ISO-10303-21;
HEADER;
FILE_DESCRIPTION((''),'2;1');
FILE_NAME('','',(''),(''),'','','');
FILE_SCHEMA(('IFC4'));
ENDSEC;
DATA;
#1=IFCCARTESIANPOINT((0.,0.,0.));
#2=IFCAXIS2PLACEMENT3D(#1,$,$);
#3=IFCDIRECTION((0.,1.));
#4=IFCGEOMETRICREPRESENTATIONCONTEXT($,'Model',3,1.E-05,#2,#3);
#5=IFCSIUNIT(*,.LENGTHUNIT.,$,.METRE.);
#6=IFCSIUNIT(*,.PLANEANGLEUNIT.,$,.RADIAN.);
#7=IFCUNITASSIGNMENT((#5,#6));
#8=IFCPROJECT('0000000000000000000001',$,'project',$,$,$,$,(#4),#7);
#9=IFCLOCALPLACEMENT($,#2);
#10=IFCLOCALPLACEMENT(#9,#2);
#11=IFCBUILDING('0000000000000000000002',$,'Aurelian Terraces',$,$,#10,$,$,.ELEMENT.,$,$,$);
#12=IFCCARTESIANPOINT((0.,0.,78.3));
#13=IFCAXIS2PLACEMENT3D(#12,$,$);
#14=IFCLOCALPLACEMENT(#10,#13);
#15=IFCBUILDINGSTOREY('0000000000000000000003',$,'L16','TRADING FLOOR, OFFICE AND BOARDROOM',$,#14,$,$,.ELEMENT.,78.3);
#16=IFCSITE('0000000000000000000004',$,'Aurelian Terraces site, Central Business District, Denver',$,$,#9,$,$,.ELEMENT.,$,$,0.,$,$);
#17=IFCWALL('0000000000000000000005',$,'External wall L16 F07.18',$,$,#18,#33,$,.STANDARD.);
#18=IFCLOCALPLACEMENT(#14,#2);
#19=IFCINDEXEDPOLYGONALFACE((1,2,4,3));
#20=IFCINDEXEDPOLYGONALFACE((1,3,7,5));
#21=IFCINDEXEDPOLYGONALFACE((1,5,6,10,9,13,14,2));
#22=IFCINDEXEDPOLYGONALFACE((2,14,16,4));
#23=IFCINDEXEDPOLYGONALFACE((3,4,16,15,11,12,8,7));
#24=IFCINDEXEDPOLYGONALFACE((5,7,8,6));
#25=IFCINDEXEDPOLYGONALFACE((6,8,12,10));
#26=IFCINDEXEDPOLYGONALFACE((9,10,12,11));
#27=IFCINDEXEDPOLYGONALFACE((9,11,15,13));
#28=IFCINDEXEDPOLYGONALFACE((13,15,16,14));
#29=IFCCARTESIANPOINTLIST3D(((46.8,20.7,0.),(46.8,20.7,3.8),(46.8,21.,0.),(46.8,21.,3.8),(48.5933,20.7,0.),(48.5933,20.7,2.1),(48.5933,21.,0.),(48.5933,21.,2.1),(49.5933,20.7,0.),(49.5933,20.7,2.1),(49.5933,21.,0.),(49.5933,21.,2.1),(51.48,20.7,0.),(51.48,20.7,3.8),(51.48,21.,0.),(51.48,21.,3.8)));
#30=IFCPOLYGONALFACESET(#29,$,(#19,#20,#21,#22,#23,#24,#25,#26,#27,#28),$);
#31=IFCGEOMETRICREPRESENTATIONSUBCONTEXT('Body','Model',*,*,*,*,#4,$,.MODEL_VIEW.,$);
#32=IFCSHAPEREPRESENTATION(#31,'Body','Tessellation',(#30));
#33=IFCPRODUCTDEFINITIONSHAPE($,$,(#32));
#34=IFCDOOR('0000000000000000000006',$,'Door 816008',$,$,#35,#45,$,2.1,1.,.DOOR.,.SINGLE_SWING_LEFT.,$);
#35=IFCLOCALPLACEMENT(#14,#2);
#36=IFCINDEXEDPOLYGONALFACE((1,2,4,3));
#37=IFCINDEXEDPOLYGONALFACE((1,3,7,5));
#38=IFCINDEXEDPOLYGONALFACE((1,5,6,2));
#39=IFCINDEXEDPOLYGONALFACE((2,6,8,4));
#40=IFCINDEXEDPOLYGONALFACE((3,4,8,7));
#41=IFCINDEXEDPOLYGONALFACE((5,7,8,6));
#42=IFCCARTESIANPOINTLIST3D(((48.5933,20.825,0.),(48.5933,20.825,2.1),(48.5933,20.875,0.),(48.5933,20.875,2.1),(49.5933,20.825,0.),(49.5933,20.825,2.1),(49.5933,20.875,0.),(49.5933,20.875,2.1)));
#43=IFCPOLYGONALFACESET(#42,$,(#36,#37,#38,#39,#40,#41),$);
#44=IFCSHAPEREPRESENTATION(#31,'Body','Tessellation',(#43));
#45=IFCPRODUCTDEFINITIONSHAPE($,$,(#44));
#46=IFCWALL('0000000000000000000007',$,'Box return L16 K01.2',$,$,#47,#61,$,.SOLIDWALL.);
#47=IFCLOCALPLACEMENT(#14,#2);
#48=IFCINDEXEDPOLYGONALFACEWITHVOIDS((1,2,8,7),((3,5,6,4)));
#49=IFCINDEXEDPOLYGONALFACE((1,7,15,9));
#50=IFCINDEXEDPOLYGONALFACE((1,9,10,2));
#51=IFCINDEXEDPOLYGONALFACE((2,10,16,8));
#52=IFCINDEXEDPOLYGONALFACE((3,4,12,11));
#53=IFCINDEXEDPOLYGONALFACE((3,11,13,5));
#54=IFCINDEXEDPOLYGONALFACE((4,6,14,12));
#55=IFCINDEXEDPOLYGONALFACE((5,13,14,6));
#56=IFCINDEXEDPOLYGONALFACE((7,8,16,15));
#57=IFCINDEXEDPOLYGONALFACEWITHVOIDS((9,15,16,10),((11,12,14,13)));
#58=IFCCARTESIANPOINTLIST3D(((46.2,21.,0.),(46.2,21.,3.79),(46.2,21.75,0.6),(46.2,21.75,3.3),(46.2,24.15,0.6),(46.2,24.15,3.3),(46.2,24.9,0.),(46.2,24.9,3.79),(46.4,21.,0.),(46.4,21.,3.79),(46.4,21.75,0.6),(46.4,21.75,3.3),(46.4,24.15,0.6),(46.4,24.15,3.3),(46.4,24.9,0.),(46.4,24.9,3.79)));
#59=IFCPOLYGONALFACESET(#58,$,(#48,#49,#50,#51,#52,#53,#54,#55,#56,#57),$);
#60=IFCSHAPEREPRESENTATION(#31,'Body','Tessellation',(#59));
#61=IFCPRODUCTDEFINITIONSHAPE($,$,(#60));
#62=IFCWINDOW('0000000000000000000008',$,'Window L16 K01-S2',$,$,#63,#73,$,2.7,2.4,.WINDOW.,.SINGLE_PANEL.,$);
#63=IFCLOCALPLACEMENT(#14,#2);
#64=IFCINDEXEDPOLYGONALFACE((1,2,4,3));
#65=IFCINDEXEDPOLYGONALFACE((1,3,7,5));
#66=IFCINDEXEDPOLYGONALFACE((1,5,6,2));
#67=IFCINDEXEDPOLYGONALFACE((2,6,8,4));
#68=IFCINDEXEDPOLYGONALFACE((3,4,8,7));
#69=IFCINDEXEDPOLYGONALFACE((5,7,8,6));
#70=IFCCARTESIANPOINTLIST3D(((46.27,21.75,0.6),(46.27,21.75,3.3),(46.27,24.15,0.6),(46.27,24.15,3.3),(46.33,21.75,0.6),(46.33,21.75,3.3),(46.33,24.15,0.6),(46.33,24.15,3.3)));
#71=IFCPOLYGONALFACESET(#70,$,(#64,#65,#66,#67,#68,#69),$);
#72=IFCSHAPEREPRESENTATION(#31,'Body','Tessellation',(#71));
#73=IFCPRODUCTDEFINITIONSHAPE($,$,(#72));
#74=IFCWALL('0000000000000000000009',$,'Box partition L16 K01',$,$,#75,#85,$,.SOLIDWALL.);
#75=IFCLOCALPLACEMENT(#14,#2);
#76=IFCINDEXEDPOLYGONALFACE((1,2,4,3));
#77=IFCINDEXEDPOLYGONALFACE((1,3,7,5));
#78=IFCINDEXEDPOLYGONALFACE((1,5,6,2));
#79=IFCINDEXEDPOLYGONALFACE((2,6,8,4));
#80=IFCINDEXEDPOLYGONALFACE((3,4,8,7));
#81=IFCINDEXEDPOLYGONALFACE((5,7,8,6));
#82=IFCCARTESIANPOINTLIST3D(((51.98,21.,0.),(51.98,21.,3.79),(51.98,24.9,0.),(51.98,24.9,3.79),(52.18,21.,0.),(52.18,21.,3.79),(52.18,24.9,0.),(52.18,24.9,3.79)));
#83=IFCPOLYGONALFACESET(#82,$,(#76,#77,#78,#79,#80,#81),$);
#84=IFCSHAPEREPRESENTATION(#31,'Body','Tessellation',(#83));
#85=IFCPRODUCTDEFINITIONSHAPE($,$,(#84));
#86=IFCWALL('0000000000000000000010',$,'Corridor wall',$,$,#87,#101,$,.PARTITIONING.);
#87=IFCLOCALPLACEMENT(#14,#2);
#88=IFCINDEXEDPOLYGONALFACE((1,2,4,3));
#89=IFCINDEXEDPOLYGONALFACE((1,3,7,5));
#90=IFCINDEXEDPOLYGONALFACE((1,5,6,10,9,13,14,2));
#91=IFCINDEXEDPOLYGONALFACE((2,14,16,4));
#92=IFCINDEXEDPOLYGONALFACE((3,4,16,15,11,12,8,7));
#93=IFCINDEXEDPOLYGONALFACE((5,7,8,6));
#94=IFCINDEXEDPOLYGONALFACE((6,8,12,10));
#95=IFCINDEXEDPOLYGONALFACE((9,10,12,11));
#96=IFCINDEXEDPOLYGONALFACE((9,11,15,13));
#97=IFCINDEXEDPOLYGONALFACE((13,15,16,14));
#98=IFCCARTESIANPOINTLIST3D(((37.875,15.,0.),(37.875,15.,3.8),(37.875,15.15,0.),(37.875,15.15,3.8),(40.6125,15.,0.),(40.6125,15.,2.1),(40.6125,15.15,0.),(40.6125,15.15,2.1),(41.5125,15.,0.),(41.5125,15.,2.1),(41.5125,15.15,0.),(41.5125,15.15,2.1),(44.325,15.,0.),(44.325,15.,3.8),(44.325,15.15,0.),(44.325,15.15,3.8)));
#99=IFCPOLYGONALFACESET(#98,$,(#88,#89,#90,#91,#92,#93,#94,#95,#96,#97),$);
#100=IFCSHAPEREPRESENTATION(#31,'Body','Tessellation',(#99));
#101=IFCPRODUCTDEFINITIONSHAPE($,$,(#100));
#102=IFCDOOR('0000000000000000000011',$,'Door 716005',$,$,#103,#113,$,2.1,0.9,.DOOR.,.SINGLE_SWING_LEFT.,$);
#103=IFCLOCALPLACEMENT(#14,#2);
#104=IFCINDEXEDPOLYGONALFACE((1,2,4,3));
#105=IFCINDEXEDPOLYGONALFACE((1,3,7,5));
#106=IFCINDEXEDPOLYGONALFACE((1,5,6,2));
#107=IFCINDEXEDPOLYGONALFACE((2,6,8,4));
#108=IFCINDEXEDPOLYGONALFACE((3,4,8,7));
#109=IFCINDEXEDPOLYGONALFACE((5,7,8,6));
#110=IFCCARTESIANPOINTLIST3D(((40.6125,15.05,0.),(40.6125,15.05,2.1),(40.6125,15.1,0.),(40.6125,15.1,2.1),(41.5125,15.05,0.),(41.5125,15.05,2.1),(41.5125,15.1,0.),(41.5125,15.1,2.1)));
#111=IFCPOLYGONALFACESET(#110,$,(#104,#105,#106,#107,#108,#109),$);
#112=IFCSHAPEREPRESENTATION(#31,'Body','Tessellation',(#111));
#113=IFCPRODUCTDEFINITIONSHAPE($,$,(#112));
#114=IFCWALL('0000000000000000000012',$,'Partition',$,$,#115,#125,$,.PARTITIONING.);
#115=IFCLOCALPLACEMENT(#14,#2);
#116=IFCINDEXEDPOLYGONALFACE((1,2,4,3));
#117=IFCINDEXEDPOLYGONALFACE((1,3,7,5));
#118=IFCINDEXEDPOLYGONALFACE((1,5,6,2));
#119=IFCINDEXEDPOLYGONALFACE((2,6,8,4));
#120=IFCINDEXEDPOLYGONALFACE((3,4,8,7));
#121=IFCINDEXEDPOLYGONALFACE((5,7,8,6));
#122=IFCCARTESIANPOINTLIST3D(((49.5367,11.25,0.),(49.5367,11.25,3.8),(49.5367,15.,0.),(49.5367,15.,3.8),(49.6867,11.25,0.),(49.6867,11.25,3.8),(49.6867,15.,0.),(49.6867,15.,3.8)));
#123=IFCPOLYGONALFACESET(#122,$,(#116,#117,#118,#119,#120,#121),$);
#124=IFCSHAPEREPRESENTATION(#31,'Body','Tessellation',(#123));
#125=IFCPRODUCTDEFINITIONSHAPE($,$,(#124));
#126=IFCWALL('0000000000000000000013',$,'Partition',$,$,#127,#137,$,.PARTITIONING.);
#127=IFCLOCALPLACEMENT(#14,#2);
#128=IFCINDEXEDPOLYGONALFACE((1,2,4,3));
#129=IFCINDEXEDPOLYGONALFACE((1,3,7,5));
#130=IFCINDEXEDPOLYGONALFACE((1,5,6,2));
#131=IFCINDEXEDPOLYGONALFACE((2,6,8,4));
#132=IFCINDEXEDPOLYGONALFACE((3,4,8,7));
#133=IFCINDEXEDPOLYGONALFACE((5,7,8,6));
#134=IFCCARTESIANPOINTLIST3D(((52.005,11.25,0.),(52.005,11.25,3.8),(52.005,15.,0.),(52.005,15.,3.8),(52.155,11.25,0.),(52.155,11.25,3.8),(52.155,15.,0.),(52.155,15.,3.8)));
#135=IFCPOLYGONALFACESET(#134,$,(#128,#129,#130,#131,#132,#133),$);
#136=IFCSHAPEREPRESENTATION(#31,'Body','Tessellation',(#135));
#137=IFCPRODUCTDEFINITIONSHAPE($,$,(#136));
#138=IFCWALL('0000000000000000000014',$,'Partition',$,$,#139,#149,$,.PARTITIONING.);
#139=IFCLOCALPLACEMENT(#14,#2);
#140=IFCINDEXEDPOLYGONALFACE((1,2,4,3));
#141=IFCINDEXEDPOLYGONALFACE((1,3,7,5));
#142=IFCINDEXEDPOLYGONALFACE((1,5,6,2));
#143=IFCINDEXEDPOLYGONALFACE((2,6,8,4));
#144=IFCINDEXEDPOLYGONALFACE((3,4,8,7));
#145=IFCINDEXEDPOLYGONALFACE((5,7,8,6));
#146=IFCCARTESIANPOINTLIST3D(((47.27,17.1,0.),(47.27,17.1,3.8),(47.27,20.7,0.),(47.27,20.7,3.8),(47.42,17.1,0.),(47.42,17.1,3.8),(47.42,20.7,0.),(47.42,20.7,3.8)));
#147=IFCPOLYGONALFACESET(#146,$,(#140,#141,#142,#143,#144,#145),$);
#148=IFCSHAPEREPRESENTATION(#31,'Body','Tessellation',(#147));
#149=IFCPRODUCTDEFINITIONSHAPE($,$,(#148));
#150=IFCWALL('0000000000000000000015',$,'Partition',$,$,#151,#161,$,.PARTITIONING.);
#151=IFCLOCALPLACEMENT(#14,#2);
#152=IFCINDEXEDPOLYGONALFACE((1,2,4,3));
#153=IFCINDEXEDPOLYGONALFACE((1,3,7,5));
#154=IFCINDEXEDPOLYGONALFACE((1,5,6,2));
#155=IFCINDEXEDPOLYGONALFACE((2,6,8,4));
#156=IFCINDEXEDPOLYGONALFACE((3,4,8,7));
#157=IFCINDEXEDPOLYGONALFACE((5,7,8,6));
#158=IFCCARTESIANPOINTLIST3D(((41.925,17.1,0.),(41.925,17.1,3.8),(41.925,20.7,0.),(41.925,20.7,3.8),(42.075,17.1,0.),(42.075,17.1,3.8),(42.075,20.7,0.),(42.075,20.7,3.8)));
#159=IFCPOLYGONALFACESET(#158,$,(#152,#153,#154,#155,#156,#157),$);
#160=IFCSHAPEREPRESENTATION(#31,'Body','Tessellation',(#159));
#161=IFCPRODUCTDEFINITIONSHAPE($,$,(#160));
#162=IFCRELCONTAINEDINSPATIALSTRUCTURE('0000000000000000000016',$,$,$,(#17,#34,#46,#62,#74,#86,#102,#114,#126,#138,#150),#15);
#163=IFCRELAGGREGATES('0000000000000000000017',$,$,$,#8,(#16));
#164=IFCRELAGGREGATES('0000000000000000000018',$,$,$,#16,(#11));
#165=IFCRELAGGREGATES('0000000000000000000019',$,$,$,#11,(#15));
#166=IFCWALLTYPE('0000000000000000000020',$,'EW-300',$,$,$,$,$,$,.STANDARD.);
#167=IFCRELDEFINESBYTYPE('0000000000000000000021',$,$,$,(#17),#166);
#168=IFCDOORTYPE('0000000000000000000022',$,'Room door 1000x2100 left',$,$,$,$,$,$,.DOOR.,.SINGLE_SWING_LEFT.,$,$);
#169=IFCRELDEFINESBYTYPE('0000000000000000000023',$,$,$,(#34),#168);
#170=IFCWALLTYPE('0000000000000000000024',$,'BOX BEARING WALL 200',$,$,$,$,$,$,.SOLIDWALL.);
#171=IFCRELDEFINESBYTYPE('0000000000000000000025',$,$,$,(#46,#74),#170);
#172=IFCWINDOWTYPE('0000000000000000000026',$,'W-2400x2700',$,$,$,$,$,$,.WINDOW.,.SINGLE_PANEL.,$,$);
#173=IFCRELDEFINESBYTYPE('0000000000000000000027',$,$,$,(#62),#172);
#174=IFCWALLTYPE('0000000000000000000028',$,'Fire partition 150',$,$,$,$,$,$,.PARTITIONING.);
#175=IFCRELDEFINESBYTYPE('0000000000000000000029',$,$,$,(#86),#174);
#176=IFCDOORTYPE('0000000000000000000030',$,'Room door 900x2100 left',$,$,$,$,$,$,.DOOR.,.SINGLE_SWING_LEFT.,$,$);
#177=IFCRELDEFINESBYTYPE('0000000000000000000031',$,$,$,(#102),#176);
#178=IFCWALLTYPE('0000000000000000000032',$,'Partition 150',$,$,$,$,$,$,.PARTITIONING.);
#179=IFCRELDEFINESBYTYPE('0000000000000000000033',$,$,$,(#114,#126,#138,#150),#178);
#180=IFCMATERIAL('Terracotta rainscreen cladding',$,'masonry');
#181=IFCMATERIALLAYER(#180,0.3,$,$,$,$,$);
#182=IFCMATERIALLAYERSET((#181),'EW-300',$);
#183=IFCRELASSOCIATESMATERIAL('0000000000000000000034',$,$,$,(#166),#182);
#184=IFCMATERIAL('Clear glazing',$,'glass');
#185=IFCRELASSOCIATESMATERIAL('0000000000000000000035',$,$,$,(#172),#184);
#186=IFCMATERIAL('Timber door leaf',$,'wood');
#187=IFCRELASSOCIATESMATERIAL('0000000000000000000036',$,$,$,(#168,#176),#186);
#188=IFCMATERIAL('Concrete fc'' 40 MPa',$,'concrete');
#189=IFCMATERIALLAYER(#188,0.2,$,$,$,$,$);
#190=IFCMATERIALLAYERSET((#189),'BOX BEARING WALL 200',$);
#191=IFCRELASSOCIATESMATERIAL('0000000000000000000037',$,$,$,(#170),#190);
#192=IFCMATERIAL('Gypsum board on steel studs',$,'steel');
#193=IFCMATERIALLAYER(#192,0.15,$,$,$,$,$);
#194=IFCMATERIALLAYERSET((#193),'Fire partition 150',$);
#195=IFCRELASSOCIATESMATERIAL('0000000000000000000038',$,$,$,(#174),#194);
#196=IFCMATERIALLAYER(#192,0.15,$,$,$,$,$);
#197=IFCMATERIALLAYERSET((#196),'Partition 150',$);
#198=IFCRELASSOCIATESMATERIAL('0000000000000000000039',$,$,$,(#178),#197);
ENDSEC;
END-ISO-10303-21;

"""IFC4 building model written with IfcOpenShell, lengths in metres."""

from ifc_helpers import new_model, si_unit, direction, frame, frame_2d, origin, place, context, subcontext, project, spatial, rectangle, extrude, source, transform, mapped, material, layer, layer_set, type_object, element, fill, save


model = new_model("IFC4")

# Units and contexts
model_context = context("Model", 3, precision=1e-05, world=origin(), true_north=direction((0.0, 1.0)))
body_context = subcontext(model_context, "Body", "Model", "MODEL_VIEW")
ifc_project = project(units=[si_unit("LENGTHUNIT", "METRE"), si_unit("PLANEANGLEUNIT", "RADIAN")], contexts=[model_context])

# Site, building, storey
site_placement = place(None, origin())
site = spatial("IfcSite", under=ifc_project, at=site_placement, Name="Aurelian Terraces site, Central Business District, Denver", CompositionType="ELEMENT", RefElevation=0.0)
building_placement = place(site_placement, origin())
building = spatial("IfcBuilding", under=site, at=building_placement, Name="Aurelian Terraces", CompositionType="ELEMENT")
storey_placement = place(building_placement, frame((0.0, 0.0, 78.3)))
storey = spatial("IfcBuildingStorey", under=building, at=storey_placement, Name="L16", Description="TRADING FLOOR, OFFICE AND BOARDROOM", CompositionType="ELEMENT", Elevation=78.3)

# Shared definitions
ifc_material_1 = material(Name="Terracotta rainscreen cladding", Category="masonry")
ifc_layer_1 = layer(ifc_material_1, 0.3)
ifc_layer_set_1 = layer_set([ifc_layer_1], Name="EW-300")
wall_type_1 = type_object("IfcWallType", Name="EW-300", PredefinedType="STANDARD", material=ifc_layer_set_1)
ifc_material_2 = material(Name="Clear glazing", Category="glass")
window_type_1 = type_object("IfcWindowType", Name="W-2400x2700", PartitioningType="SINGLE_PANEL", PredefinedType="WINDOW", material=ifc_material_2)
shared_shape_1 = source(origin(), body_context, "Body", "SweptSolid", [
    extrude(rectangle(XDim=2.4, YDim=2.7, at=frame_2d((1.2, 1.35))), frame((0.0, 0.03, 0.0), z_axis=(0.0, -1.0, 0.0), x_axis=(1.0, 0.0, 0.0)), (0.0, 0.0, 1.0), 0.06),
])

# Wall, opening, door
shared_shape_2 = source(origin(), body_context, "Body", "SweptSolid", [
    extrude(rectangle(XDim=1.0, YDim=2.1, at=frame_2d((0.5, 1.05))), frame((0.0, 0.16, 0.0), z_axis=(0.0, -1.0, 0.0), x_axis=(1.0, 0.0, 0.0)), (0.0, 0.0, 1.0), 0.32),
])
ifc_material_3 = material(Name="Timber door leaf", Category="wood")
door_type_1 = type_object("IfcDoorType", Name="Room door 1000x2100 left", OperationType="SINGLE_SWING_LEFT", PredefinedType="DOOR", material=ifc_material_3)
shared_shape_3 = source(origin(), body_context, "Body", "SweptSolid", [
    extrude(rectangle(XDim=1.0, YDim=2.1, at=frame_2d((0.5, 1.05))), frame((0.0, 0.025, 0.0), z_axis=(0.0, -1.0, 0.0), x_axis=(1.0, 0.0, 0.0)), (0.0, 0.0, 1.0), 0.05),
])
shared_shape_4 = source(origin(), body_context, "Body", "SweptSolid", [
    extrude(rectangle(XDim=4.68, YDim=0.3, at=frame_2d((2.34, 0.0))), origin(), (0.0, 0.0, 1.0), 3.8),
])
wall_1_placement = place(storey_placement, frame((51.48, 20.85, 0.0), z_axis=(0.0, 0.0, 1.0), x_axis=(-1.0, 0.0, 0.0)))
wall_1 = element("IfcWall", 1, at=wall_1_placement, inside=storey, type_object=wall_type_1, Name="External wall L16 F07.18", PredefinedType="STANDARD", context=body_context, shape_type="MappedRepresentation", body=[
    mapped(shared_shape_4, transform((0.0, 0.0, 0.0), scale=1.0)),
])
opening_1_placement = place(wall_1_placement, frame((1.8867, 0.0, 0.0)))
opening_1 = element("IfcOpeningElement", 2, at=opening_1_placement, cuts=wall_1, PredefinedType="OPENING", context=body_context, shape_type="MappedRepresentation", body=[
    mapped(shared_shape_2, transform((0.0, 0.0, 0.0), scale=1.0)),
])
door_1_placement = place(opening_1_placement, origin())
door_1 = element("IfcDoor", 3, at=door_1_placement, inside=storey, type_object=door_type_1, Name="Door 816008", OperationType="SINGLE_SWING_LEFT", OverallHeight=2.1, OverallWidth=1.0, PredefinedType="DOOR", context=body_context, shape_type="MappedRepresentation", body=[
    mapped(shared_shape_3, transform((0.0, 0.0, 0.0), scale=1.0)),
])
fill(opening_1, door_1)

# Wall, opening, window
ifc_material_4 = material(Name="Concrete fc' 40 MPa", Category="concrete")
ifc_layer_2 = layer(ifc_material_4, 0.2)
ifc_layer_set_2 = layer_set([ifc_layer_2], Name="BOX BEARING WALL 200")
wall_type_2 = type_object("IfcWallType", Name="BOX BEARING WALL 200", PredefinedType="SOLIDWALL", material=ifc_layer_set_2)
shared_shape_5 = source(origin(), body_context, "Body", "SweptSolid", [
    extrude(rectangle(XDim=3.9, YDim=0.2, at=frame_2d((1.95, 0.0))), origin(), (0.0, 0.0, 1.0), 3.79),
])
wall_2_placement = place(storey_placement, frame((46.3, 21.0, 0.0), z_axis=(0.0, 0.0, 1.0), x_axis=(0.0, 1.0, 0.0)))
wall_2 = element("IfcWall", 4, at=wall_2_placement, inside=storey, type_object=wall_type_2, Name="Box return L16 K01.2", PredefinedType="SOLIDWALL", context=body_context, shape_type="MappedRepresentation", body=[
    mapped(shared_shape_5, transform((0.0, 0.0, 0.0), scale=1.0)),
])
shared_shape_6 = source(origin(), body_context, "Body", "SweptSolid", [
    extrude(rectangle(XDim=2.4, YDim=2.7, at=frame_2d((1.2, 1.35))), frame((0.0, 0.11, 0.0), z_axis=(0.0, -1.0, 0.0), x_axis=(1.0, 0.0, 0.0)), (0.0, 0.0, 1.0), 0.22),
])
opening_2_placement = place(wall_2_placement, frame((0.75, 0.0, 0.6)))
opening_2 = element("IfcOpeningElement", 5, at=opening_2_placement, cuts=wall_2, PredefinedType="OPENING", context=body_context, shape_type="MappedRepresentation", body=[
    mapped(shared_shape_6, transform((0.0, 0.0, 0.0), scale=1.0)),
])
window_1_placement = place(opening_2_placement, origin())
window_1 = element("IfcWindow", 6, at=window_1_placement, inside=storey, type_object=window_type_1, Name="Window L16 K01-S2", OverallHeight=2.7, OverallWidth=2.4, PartitioningType="SINGLE_PANEL", PredefinedType="WINDOW", context=body_context, shape_type="MappedRepresentation", body=[
    mapped(shared_shape_1, transform((0.0, 0.0, 0.0), scale=1.0)),
])
fill(opening_2, window_1)

# Wall
shared_shape_7 = source(origin(), body_context, "Body", "SweptSolid", [
    extrude(rectangle(XDim=3.9, YDim=0.2, at=frame_2d((1.95, 0.0))), origin(), (0.0, 0.0, 1.0), 3.79),
])
wall_3_placement = place(storey_placement, frame((52.08, 21.0, 0.0), z_axis=(0.0, 0.0, 1.0), x_axis=(0.0, 1.0, 0.0)))
element("IfcWall", 7, at=wall_3_placement, inside=storey, type_object=wall_type_2, Name="Box partition L16 K01", PredefinedType="SOLIDWALL", context=body_context, shape_type="MappedRepresentation", body=[
    mapped(shared_shape_7, transform((0.0, 0.0, 0.0), scale=1.0)),
])

# Wall, opening, door
ifc_material_5 = material(Name="Gypsum board on steel studs", Category="steel")
ifc_layer_3 = layer(ifc_material_5, 0.15)
ifc_layer_set_3 = layer_set([ifc_layer_3], Name="Fire partition 150")
wall_type_3 = type_object("IfcWallType", Name="Fire partition 150", PredefinedType="PARTITIONING", material=ifc_layer_set_3)
shared_shape_8 = source(origin(), body_context, "Body", "SweptSolid", [
    extrude(rectangle(XDim=6.45, YDim=0.15, at=frame_2d((3.225, 0.0))), origin(), (0.0, 0.0, 1.0), 3.8),
])
wall_4_placement = place(storey_placement, frame((44.325, 15.075, 0.0), z_axis=(0.0, 0.0, 1.0), x_axis=(-1.0, 0.0, 0.0)))
wall_4 = element("IfcWall", 8, at=wall_4_placement, inside=storey, type_object=wall_type_3, Name="Corridor wall", PredefinedType="PARTITIONING", context=body_context, shape_type="MappedRepresentation", body=[
    mapped(shared_shape_8, transform((0.0, 0.0, 0.0), scale=1.0)),
])
shared_shape_9 = source(origin(), body_context, "Body", "SweptSolid", [
    extrude(rectangle(XDim=0.9, YDim=2.1, at=frame_2d((0.45, 1.05))), frame((0.0, 0.085, 0.0), z_axis=(0.0, -1.0, 0.0), x_axis=(1.0, 0.0, 0.0)), (0.0, 0.0, 1.0), 0.17),
])
opening_3_placement = place(wall_4_placement, frame((2.8125, 0.0, 0.0)))
opening_3 = element("IfcOpeningElement", 9, at=opening_3_placement, cuts=wall_4, PredefinedType="OPENING", context=body_context, shape_type="MappedRepresentation", body=[
    mapped(shared_shape_9, transform((0.0, 0.0, 0.0), scale=1.0)),
])
door_type_2 = type_object("IfcDoorType", Name="Room door 900x2100 left", OperationType="SINGLE_SWING_LEFT", PredefinedType="DOOR", material=ifc_material_3)
shared_shape_10 = source(origin(), body_context, "Body", "SweptSolid", [
    extrude(rectangle(XDim=0.9, YDim=2.1, at=frame_2d((0.45, 1.05))), frame((0.0, 0.025, 0.0), z_axis=(0.0, -1.0, 0.0), x_axis=(1.0, 0.0, 0.0)), (0.0, 0.0, 1.0), 0.05),
])
door_2_placement = place(opening_3_placement, origin())
door_2 = element("IfcDoor", 10, at=door_2_placement, inside=storey, type_object=door_type_2, Name="Door 716005", OperationType="SINGLE_SWING_LEFT", OverallHeight=2.1, OverallWidth=0.9, PredefinedType="DOOR", context=body_context, shape_type="MappedRepresentation", body=[
    mapped(shared_shape_10, transform((0.0, 0.0, 0.0), scale=1.0)),
])
fill(opening_3, door_2)

# Walls
ifc_layer_4 = layer(ifc_material_5, 0.15)
ifc_layer_set_4 = layer_set([ifc_layer_4], Name="Partition 150")
wall_type_4 = type_object("IfcWallType", Name="Partition 150", PredefinedType="PARTITIONING", material=ifc_layer_set_4)
shared_shape_11 = source(origin(), body_context, "Body", "SweptSolid", [
    extrude(rectangle(XDim=3.75, YDim=0.15, at=frame_2d((1.875, 0.0))), origin(), (0.0, 0.0, 1.0), 3.8),
])
for number, where, z_axis, x_axis, name in (
    (11, (49.6117, 11.25, 0.0), (0.0, 0.0, 1.0), (0.0, 1.0, 0.0), "Partition"),
    (12, (52.08, 11.25, 0.0), (0.0, 0.0, 1.0), (0.0, 1.0, 0.0), "Partition"),
):
    element("IfcWall", number, at=place(storey_placement, frame(where, z_axis=z_axis, x_axis=x_axis)), inside=storey, type_object=wall_type_4, Name=name, PredefinedType="PARTITIONING", context=body_context, shape_type="MappedRepresentation", body=[
        mapped(shared_shape_11, transform((0.0, 0.0, 0.0), scale=1.0)),
    ])
shared_shape_12 = source(origin(), body_context, "Body", "SweptSolid", [
    extrude(rectangle(XDim=3.6, YDim=0.15, at=frame_2d((1.8, 0.0))), origin(), (0.0, 0.0, 1.0), 3.8),
])
for number, where, z_axis, x_axis, name in (
    (13, (47.345, 20.7, 0.0), (0.0, 0.0, 1.0), (0.0, -1.0, 0.0), "Partition"),
    (14, (42.0, 17.1, 0.0), (0.0, 0.0, 1.0), (0.0, 1.0, 0.0), "Partition"),
):
    element("IfcWall", number, at=place(storey_placement, frame(where, z_axis=z_axis, x_axis=x_axis)), inside=storey, type_object=wall_type_4, Name=name, PredefinedType="PARTITIONING", context=body_context, shape_type="MappedRepresentation", body=[
        mapped(shared_shape_12, transform((0.0, 0.0, 0.0), scale=1.0)),
    ])

save(model, "model.ifc")
